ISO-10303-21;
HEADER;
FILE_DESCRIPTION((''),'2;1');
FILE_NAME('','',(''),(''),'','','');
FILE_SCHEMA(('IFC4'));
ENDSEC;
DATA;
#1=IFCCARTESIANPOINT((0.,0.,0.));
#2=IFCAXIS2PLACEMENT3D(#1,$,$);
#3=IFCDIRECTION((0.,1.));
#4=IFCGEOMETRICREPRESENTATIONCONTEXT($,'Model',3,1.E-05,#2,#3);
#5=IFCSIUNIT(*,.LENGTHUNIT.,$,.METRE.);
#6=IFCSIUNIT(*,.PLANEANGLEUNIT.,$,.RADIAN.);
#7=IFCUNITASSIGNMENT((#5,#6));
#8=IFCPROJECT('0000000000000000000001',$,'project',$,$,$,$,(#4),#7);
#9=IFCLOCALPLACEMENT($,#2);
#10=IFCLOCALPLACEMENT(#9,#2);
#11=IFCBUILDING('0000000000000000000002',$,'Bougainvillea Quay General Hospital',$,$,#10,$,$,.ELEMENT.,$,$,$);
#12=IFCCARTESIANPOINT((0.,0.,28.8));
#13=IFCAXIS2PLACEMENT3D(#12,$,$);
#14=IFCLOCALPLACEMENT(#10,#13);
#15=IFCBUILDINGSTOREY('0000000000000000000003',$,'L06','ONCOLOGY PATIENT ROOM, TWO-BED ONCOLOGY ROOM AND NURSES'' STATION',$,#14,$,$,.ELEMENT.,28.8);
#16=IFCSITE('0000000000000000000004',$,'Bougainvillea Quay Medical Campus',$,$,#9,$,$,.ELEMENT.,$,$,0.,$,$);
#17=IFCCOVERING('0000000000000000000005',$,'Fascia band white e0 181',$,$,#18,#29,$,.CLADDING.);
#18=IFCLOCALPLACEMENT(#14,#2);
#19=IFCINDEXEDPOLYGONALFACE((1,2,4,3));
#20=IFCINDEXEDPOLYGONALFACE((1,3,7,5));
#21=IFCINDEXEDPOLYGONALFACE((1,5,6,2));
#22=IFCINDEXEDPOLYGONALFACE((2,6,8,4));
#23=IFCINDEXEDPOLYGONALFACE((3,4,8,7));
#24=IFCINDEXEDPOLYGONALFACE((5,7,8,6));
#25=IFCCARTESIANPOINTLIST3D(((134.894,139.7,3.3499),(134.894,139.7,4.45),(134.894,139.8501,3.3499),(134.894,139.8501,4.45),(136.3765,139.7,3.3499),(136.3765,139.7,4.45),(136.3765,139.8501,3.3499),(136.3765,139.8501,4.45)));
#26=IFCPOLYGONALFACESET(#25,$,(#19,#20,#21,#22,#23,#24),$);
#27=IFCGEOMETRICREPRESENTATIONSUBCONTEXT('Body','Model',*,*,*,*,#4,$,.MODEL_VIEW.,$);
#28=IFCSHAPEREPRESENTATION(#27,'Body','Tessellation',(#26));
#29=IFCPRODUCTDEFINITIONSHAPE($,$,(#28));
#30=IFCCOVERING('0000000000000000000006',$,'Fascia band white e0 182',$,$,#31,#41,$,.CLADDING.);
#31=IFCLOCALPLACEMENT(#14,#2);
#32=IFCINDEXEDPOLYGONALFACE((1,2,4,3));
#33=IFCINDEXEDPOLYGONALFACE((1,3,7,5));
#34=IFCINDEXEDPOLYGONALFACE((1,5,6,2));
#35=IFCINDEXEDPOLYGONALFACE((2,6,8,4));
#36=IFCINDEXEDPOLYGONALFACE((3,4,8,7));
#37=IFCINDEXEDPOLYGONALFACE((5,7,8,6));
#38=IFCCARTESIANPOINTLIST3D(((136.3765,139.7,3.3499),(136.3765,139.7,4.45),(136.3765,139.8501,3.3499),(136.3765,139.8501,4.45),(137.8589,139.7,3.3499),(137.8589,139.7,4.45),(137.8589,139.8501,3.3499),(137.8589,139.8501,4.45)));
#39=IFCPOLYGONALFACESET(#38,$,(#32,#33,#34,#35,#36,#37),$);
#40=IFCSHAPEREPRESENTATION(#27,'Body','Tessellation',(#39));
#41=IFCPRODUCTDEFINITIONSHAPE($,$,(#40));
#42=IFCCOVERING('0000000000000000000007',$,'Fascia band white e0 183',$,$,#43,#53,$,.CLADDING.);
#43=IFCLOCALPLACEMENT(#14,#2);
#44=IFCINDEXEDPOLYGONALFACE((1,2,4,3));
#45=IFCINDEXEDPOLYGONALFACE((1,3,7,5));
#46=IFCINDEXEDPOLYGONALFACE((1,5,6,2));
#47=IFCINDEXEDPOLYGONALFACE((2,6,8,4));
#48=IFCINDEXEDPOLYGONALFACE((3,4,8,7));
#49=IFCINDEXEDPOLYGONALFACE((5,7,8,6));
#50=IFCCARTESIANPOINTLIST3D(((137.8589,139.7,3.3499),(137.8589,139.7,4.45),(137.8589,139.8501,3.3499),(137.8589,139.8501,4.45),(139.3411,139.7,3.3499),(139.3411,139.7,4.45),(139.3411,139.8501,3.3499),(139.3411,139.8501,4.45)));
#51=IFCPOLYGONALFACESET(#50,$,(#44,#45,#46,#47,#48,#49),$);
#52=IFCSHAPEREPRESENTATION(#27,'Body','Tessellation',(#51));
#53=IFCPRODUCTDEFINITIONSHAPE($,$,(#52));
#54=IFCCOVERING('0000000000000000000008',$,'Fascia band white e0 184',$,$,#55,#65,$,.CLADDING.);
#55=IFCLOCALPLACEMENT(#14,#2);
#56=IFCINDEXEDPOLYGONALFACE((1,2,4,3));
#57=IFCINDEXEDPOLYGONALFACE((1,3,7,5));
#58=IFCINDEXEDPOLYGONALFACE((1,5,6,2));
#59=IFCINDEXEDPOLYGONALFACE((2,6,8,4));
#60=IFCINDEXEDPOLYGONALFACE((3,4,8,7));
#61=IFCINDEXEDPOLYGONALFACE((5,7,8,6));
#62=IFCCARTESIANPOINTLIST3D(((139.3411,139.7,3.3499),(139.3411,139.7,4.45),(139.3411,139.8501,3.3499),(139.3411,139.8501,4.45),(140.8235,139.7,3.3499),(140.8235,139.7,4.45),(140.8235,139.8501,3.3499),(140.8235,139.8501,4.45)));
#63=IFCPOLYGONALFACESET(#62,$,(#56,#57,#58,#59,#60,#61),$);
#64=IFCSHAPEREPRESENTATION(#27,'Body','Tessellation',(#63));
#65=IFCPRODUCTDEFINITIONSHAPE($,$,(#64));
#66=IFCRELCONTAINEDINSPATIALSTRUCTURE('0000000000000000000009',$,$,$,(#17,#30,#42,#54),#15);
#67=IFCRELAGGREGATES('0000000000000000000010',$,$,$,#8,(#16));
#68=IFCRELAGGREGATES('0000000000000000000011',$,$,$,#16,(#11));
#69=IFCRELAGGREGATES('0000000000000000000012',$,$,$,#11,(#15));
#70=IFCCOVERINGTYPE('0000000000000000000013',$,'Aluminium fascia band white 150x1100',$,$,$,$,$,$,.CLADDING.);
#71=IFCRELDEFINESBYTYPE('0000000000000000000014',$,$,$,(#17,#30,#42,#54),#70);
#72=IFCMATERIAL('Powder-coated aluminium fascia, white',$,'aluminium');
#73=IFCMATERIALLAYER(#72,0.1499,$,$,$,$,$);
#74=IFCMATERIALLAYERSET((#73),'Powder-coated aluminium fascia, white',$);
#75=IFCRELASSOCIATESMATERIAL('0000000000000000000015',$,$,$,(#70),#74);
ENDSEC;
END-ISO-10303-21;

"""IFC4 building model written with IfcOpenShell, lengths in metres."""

from ifc_helpers import new_model, si_unit, direction, frame, origin, place, context, subcontext, project, spatial, polyline, outline, extrude, material, layer, layer_set, type_object, element, save


model = new_model("IFC4")

# Units and contexts
model_context = context("Model", 3, precision=1e-05, world=origin(), true_north=direction((0.0, 1.0)))
body_context = subcontext(model_context, "Body", "Model", "MODEL_VIEW")
ifc_project = project(units=[si_unit("LENGTHUNIT", "METRE"), si_unit("PLANEANGLEUNIT", "RADIAN")], contexts=[model_context])

# Site, building, storey
site_placement = place(None, origin())
site = spatial("IfcSite", under=ifc_project, at=site_placement, Name="Bougainvillea Quay Medical Campus", CompositionType="ELEMENT", RefElevation=0.0)
building_placement = place(site_placement, origin())
building = spatial("IfcBuilding", under=site, at=building_placement, Name="Bougainvillea Quay General Hospital", CompositionType="ELEMENT")
storey_placement = place(building_placement, frame((0.0, 0.0, 28.8)))
storey = spatial("IfcBuildingStorey", under=building, at=storey_placement, Name="L06", Description="ONCOLOGY PATIENT ROOM, TWO-BED ONCOLOGY ROOM AND NURSES' STATION", CompositionType="ELEMENT", Elevation=28.8)

# Coverings
ifc_material_1 = material(Name="Powder-coated aluminium fascia, white", Category="aluminium")
ifc_layer_1 = layer(ifc_material_1, 0.1499)
ifc_layer_set_1 = layer_set([ifc_layer_1], Name="Powder-coated aluminium fascia, white")
covering_type = type_object("IfcCoveringType", Name="Aluminium fascia band white 150x1100", PredefinedType="CLADDING", material=ifc_layer_set_1)
for number, where, z_axis, x_axis, name in (
    (1, (134.894, 139.8501, 3.3499), (0.0, 0.0, 1.0), (1.0, 0.0, 0.0), "Fascia band white e0 181"),
    (2, (136.3765, 139.8501, 3.3499), (0.0, 0.0, 1.0), (1.0, 0.0, 0.0), "Fascia band white e0 182"),
):
    element("IfcCovering", number, at=place(storey_placement, frame(where, z_axis=z_axis, x_axis=x_axis)), inside=storey, type_object=covering_type, Name=name, PredefinedType="CLADDING", context=body_context, shape_type="SweptSolid", body=[
        extrude(outline(polyline([(0.0, 0.0), (1.4824, 0.0), (1.4824, -0.1501), (0.0, -0.1501), (0.0, 0.0)])), origin(), (0.0, 0.0, 1.0), 1.1001),
    ])
covering_1_placement = place(storey_placement, frame((137.8589, 139.8501, 3.3499), z_axis=(0.0, 0.0, 1.0), x_axis=(1.0, 0.0, 0.0)))
element("IfcCovering", 3, at=covering_1_placement, inside=storey, type_object=covering_type, Name="Fascia band white e0 183", PredefinedType="CLADDING", context=body_context, shape_type="SweptSolid", body=[
    extrude(outline(polyline([(0.0, 0.0), (1.4822, 0.0), (1.4822, -0.1501), (0.0, -0.1501), (0.0, 0.0)])), origin(), (0.0, 0.0, 1.0), 1.1001),
])
covering_2_placement = place(storey_placement, frame((139.3411, 139.8501, 3.3499), z_axis=(0.0, 0.0, 1.0), x_axis=(1.0, 0.0, 0.0)))
element("IfcCovering", 4, at=covering_2_placement, inside=storey, type_object=covering_type, Name="Fascia band white e0 184", PredefinedType="CLADDING", context=body_context, shape_type="SweptSolid", body=[
    extrude(outline(polyline([(0.0, 0.0), (1.4824, 0.0), (1.4824, -0.1501), (0.0, -0.1501), (0.0, 0.0)])), origin(), (0.0, 0.0, 1.0), 1.1001),
])

save(model, "model.ifc")
